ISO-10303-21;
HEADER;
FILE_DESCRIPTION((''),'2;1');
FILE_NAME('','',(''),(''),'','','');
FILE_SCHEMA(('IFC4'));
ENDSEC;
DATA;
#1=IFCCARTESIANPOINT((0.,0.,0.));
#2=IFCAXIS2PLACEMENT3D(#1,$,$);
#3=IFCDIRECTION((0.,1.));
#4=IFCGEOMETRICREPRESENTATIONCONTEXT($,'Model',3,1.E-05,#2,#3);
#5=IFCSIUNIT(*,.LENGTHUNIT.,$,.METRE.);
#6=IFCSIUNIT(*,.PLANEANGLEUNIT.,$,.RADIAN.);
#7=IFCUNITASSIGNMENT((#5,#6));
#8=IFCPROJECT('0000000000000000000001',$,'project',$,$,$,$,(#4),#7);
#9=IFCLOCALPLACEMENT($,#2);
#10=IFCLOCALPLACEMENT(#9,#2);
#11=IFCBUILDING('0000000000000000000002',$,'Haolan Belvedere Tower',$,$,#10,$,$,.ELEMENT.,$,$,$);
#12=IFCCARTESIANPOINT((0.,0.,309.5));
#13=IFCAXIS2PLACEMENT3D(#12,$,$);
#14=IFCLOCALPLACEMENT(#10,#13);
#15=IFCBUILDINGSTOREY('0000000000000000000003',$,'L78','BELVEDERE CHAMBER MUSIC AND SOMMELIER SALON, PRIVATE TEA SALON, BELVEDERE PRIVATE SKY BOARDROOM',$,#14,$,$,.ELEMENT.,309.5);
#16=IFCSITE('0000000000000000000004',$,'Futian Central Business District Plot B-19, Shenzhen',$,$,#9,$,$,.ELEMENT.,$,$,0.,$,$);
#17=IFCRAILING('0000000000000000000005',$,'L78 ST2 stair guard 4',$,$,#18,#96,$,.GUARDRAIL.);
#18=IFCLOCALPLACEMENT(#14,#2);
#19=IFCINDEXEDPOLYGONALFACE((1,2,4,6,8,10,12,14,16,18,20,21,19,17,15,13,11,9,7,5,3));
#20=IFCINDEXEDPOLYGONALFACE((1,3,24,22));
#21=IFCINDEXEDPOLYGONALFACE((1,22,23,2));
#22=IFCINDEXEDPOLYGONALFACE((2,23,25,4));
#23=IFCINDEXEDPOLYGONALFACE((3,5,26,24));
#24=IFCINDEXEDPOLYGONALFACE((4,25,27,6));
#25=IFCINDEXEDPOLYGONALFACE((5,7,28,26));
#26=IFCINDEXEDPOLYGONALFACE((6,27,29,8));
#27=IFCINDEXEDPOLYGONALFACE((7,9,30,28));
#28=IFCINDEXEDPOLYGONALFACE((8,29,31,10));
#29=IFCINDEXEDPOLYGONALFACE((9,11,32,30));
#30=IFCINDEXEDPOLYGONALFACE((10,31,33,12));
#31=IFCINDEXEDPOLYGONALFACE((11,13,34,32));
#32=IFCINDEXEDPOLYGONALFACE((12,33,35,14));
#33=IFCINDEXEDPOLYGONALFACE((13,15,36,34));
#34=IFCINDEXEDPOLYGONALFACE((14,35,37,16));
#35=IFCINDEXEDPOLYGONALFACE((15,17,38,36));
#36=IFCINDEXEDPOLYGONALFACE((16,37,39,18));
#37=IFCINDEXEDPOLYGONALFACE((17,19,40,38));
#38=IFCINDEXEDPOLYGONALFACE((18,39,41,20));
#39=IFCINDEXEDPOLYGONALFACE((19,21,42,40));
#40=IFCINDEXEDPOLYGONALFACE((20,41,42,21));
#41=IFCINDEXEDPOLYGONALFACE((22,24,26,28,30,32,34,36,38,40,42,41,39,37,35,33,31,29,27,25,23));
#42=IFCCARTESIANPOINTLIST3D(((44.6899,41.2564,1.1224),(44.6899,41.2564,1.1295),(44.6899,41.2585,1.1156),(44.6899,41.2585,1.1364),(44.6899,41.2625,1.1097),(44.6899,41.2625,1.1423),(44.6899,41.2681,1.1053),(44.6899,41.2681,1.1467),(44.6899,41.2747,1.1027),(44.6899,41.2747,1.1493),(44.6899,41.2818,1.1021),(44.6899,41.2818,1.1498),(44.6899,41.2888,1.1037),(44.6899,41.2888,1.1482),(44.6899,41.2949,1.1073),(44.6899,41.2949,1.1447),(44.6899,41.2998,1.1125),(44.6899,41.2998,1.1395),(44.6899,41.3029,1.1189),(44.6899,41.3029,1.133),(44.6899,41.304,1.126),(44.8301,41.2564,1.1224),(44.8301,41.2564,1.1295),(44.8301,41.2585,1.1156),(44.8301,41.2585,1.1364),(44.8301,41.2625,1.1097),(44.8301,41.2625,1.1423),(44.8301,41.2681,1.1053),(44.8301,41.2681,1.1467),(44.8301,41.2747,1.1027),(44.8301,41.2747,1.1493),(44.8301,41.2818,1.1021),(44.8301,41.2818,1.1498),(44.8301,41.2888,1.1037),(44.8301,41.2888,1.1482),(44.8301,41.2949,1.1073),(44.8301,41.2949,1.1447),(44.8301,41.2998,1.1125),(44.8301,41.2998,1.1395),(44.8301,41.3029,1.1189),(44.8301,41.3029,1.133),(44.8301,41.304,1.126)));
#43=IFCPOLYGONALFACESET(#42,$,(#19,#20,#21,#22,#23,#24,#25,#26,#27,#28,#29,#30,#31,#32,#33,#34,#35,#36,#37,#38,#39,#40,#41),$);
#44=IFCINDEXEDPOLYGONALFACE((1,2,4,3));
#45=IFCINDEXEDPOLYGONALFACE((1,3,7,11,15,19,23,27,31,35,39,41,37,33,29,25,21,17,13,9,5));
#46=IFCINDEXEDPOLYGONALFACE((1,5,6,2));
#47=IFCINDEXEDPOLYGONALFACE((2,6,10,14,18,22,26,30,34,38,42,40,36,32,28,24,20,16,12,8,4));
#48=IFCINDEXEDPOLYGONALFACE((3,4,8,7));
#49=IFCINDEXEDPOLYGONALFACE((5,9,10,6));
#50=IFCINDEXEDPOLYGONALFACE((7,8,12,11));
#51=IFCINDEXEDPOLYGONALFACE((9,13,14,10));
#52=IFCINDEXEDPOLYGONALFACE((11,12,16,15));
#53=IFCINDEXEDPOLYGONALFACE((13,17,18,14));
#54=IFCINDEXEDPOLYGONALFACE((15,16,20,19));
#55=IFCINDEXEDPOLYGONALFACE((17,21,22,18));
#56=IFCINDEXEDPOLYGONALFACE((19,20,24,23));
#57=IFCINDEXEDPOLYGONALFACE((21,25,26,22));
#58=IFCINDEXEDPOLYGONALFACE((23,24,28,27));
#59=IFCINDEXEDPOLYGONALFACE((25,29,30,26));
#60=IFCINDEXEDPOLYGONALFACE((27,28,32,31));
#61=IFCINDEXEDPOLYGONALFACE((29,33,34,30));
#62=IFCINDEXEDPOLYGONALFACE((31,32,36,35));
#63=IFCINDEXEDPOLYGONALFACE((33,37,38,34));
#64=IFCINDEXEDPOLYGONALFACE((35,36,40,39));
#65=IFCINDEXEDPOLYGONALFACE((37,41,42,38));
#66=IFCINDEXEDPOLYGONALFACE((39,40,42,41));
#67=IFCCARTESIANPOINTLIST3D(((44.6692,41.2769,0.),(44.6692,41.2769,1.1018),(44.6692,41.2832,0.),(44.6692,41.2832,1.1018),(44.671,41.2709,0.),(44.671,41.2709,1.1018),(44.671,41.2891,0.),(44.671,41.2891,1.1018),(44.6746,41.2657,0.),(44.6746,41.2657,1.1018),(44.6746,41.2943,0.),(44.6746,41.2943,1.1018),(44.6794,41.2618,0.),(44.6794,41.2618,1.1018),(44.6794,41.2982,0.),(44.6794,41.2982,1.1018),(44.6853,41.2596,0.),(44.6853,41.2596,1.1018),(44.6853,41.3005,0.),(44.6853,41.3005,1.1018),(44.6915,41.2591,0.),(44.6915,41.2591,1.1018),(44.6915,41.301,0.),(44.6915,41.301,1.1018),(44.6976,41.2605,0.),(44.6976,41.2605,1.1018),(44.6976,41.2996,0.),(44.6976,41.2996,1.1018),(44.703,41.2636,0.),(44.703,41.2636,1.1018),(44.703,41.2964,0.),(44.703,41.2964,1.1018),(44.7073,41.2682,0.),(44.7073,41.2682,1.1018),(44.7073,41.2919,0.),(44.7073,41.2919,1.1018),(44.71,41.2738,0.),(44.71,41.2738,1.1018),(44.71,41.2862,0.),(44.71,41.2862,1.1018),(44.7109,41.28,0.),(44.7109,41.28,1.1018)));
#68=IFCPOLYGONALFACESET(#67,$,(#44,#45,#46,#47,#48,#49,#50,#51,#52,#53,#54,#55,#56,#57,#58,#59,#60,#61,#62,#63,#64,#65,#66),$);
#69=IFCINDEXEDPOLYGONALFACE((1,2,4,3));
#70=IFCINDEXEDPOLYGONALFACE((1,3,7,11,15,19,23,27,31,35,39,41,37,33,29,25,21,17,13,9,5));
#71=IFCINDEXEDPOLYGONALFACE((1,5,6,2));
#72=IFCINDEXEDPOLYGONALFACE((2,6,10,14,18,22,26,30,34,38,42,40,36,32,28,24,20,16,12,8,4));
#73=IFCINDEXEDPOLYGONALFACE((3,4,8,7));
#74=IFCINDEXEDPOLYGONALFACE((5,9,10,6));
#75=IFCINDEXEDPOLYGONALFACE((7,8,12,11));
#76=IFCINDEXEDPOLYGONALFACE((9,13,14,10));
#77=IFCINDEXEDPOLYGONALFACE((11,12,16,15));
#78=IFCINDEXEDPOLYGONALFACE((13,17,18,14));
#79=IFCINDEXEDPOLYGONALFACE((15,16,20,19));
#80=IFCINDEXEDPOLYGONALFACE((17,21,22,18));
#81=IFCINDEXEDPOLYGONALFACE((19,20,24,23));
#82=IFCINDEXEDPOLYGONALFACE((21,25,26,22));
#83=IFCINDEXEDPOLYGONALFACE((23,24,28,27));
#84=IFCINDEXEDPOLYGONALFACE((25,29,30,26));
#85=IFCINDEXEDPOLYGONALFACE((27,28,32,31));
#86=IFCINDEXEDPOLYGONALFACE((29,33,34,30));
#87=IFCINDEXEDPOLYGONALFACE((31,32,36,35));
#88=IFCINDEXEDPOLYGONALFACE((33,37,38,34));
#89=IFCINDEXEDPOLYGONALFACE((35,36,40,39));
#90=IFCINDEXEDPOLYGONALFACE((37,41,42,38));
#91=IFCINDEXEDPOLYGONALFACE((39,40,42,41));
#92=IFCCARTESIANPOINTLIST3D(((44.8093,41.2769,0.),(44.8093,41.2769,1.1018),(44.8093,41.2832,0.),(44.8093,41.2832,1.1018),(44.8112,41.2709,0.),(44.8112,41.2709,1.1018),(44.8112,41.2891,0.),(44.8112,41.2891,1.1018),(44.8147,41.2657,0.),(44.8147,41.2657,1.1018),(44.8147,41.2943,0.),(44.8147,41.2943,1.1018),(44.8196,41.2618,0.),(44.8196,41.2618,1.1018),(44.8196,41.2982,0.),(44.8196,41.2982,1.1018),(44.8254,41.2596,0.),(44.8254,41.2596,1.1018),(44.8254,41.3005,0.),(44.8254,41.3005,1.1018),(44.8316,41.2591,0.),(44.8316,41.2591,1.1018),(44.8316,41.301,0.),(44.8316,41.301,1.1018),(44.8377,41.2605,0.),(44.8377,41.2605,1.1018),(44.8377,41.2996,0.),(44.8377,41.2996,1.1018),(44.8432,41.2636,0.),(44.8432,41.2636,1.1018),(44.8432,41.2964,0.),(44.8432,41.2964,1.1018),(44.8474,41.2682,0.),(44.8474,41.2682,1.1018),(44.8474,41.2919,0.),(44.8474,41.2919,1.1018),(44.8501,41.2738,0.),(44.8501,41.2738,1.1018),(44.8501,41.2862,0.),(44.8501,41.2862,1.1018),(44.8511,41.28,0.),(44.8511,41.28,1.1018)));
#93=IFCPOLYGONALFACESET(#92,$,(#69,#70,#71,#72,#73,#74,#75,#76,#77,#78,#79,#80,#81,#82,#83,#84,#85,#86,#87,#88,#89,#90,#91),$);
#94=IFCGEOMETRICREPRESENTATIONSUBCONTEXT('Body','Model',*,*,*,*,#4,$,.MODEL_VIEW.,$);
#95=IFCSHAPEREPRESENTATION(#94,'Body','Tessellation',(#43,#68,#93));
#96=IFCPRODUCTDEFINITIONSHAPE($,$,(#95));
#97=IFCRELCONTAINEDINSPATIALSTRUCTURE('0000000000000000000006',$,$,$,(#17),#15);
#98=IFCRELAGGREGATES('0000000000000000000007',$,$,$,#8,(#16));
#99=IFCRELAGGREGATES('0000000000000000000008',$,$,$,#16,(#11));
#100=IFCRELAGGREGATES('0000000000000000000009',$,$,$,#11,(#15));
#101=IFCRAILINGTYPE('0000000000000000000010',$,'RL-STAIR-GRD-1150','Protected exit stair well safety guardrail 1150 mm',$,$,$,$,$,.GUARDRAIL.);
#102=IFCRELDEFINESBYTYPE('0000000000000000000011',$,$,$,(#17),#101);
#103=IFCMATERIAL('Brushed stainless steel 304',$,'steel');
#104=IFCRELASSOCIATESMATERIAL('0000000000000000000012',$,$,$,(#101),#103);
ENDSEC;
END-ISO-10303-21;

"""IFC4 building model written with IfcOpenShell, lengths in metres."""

from ifc_helpers import new_model, si_unit, direction, frame, origin, origin_2d, place, context, subcontext, project, spatial, circle, extrude, material, type_object, element, save


model = new_model("IFC4")

# Units and contexts
model_context = context("Model", 3, precision=1e-05, world=origin(), true_north=direction((0.0, 1.0)))
body_context = subcontext(model_context, "Body", "Model", "MODEL_VIEW")
ifc_project = project(units=[si_unit("LENGTHUNIT", "METRE"), si_unit("PLANEANGLEUNIT", "RADIAN")], contexts=[model_context])

# Site, building, storey
site_placement = place(None, origin())
site = spatial("IfcSite", under=ifc_project, at=site_placement, Name="Futian Central Business District Plot B-19, Shenzhen", CompositionType="ELEMENT", RefElevation=0.0)
building_placement = place(site_placement, origin())
building = spatial("IfcBuilding", under=site, at=building_placement, Name="Haolan Belvedere Tower", CompositionType="ELEMENT")
storey_placement = place(building_placement, frame((0.0, 0.0, 309.5)))
storey = spatial("IfcBuildingStorey", under=building, at=storey_placement, Name="L78", Description="BELVEDERE CHAMBER MUSIC AND SOMMELIER SALON, PRIVATE TEA SALON, BELVEDERE PRIVATE SKY BOARDROOM", CompositionType="ELEMENT", Elevation=309.5)

# Railing
ifc_material_1 = material(Name="Brushed stainless steel 304", Category="steel")
railing_type_1 = type_object("IfcRailingType", Name="RL-STAIR-GRD-1150", Description="Protected exit stair well safety guardrail 1150 mm", PredefinedType="GUARDRAIL", material=ifc_material_1)
railing_1_placement = place(storey_placement, frame((44.6899, 41.28, 0.0)))
element("IfcRailing", 1, at=railing_1_placement, inside=storey, type_object=railing_type_1, Name="L78 ST2 stair guard 4", PredefinedType="GUARDRAIL", context=body_context, shape_type="SweptSolid", body=[
    extrude(circle(Radius=0.0239, at=origin_2d()), frame((0.0, 0.0, 1.126), z_axis=(1.0, 0.0, 0.0), x_axis=(0.0, 1.0, 0.0)), (0.0, 0.0, 1.0), 0.1401),
    extrude(circle(Radius=0.021, at=origin_2d()), origin(), (0.0, 0.0, 1.0), 1.1018),
    extrude(circle(Radius=0.021, at=origin_2d()), frame((0.1401, 0.0, 0.0)), (0.0, 0.0, 1.0), 1.1018),
])

save(model, "model.ifc")
